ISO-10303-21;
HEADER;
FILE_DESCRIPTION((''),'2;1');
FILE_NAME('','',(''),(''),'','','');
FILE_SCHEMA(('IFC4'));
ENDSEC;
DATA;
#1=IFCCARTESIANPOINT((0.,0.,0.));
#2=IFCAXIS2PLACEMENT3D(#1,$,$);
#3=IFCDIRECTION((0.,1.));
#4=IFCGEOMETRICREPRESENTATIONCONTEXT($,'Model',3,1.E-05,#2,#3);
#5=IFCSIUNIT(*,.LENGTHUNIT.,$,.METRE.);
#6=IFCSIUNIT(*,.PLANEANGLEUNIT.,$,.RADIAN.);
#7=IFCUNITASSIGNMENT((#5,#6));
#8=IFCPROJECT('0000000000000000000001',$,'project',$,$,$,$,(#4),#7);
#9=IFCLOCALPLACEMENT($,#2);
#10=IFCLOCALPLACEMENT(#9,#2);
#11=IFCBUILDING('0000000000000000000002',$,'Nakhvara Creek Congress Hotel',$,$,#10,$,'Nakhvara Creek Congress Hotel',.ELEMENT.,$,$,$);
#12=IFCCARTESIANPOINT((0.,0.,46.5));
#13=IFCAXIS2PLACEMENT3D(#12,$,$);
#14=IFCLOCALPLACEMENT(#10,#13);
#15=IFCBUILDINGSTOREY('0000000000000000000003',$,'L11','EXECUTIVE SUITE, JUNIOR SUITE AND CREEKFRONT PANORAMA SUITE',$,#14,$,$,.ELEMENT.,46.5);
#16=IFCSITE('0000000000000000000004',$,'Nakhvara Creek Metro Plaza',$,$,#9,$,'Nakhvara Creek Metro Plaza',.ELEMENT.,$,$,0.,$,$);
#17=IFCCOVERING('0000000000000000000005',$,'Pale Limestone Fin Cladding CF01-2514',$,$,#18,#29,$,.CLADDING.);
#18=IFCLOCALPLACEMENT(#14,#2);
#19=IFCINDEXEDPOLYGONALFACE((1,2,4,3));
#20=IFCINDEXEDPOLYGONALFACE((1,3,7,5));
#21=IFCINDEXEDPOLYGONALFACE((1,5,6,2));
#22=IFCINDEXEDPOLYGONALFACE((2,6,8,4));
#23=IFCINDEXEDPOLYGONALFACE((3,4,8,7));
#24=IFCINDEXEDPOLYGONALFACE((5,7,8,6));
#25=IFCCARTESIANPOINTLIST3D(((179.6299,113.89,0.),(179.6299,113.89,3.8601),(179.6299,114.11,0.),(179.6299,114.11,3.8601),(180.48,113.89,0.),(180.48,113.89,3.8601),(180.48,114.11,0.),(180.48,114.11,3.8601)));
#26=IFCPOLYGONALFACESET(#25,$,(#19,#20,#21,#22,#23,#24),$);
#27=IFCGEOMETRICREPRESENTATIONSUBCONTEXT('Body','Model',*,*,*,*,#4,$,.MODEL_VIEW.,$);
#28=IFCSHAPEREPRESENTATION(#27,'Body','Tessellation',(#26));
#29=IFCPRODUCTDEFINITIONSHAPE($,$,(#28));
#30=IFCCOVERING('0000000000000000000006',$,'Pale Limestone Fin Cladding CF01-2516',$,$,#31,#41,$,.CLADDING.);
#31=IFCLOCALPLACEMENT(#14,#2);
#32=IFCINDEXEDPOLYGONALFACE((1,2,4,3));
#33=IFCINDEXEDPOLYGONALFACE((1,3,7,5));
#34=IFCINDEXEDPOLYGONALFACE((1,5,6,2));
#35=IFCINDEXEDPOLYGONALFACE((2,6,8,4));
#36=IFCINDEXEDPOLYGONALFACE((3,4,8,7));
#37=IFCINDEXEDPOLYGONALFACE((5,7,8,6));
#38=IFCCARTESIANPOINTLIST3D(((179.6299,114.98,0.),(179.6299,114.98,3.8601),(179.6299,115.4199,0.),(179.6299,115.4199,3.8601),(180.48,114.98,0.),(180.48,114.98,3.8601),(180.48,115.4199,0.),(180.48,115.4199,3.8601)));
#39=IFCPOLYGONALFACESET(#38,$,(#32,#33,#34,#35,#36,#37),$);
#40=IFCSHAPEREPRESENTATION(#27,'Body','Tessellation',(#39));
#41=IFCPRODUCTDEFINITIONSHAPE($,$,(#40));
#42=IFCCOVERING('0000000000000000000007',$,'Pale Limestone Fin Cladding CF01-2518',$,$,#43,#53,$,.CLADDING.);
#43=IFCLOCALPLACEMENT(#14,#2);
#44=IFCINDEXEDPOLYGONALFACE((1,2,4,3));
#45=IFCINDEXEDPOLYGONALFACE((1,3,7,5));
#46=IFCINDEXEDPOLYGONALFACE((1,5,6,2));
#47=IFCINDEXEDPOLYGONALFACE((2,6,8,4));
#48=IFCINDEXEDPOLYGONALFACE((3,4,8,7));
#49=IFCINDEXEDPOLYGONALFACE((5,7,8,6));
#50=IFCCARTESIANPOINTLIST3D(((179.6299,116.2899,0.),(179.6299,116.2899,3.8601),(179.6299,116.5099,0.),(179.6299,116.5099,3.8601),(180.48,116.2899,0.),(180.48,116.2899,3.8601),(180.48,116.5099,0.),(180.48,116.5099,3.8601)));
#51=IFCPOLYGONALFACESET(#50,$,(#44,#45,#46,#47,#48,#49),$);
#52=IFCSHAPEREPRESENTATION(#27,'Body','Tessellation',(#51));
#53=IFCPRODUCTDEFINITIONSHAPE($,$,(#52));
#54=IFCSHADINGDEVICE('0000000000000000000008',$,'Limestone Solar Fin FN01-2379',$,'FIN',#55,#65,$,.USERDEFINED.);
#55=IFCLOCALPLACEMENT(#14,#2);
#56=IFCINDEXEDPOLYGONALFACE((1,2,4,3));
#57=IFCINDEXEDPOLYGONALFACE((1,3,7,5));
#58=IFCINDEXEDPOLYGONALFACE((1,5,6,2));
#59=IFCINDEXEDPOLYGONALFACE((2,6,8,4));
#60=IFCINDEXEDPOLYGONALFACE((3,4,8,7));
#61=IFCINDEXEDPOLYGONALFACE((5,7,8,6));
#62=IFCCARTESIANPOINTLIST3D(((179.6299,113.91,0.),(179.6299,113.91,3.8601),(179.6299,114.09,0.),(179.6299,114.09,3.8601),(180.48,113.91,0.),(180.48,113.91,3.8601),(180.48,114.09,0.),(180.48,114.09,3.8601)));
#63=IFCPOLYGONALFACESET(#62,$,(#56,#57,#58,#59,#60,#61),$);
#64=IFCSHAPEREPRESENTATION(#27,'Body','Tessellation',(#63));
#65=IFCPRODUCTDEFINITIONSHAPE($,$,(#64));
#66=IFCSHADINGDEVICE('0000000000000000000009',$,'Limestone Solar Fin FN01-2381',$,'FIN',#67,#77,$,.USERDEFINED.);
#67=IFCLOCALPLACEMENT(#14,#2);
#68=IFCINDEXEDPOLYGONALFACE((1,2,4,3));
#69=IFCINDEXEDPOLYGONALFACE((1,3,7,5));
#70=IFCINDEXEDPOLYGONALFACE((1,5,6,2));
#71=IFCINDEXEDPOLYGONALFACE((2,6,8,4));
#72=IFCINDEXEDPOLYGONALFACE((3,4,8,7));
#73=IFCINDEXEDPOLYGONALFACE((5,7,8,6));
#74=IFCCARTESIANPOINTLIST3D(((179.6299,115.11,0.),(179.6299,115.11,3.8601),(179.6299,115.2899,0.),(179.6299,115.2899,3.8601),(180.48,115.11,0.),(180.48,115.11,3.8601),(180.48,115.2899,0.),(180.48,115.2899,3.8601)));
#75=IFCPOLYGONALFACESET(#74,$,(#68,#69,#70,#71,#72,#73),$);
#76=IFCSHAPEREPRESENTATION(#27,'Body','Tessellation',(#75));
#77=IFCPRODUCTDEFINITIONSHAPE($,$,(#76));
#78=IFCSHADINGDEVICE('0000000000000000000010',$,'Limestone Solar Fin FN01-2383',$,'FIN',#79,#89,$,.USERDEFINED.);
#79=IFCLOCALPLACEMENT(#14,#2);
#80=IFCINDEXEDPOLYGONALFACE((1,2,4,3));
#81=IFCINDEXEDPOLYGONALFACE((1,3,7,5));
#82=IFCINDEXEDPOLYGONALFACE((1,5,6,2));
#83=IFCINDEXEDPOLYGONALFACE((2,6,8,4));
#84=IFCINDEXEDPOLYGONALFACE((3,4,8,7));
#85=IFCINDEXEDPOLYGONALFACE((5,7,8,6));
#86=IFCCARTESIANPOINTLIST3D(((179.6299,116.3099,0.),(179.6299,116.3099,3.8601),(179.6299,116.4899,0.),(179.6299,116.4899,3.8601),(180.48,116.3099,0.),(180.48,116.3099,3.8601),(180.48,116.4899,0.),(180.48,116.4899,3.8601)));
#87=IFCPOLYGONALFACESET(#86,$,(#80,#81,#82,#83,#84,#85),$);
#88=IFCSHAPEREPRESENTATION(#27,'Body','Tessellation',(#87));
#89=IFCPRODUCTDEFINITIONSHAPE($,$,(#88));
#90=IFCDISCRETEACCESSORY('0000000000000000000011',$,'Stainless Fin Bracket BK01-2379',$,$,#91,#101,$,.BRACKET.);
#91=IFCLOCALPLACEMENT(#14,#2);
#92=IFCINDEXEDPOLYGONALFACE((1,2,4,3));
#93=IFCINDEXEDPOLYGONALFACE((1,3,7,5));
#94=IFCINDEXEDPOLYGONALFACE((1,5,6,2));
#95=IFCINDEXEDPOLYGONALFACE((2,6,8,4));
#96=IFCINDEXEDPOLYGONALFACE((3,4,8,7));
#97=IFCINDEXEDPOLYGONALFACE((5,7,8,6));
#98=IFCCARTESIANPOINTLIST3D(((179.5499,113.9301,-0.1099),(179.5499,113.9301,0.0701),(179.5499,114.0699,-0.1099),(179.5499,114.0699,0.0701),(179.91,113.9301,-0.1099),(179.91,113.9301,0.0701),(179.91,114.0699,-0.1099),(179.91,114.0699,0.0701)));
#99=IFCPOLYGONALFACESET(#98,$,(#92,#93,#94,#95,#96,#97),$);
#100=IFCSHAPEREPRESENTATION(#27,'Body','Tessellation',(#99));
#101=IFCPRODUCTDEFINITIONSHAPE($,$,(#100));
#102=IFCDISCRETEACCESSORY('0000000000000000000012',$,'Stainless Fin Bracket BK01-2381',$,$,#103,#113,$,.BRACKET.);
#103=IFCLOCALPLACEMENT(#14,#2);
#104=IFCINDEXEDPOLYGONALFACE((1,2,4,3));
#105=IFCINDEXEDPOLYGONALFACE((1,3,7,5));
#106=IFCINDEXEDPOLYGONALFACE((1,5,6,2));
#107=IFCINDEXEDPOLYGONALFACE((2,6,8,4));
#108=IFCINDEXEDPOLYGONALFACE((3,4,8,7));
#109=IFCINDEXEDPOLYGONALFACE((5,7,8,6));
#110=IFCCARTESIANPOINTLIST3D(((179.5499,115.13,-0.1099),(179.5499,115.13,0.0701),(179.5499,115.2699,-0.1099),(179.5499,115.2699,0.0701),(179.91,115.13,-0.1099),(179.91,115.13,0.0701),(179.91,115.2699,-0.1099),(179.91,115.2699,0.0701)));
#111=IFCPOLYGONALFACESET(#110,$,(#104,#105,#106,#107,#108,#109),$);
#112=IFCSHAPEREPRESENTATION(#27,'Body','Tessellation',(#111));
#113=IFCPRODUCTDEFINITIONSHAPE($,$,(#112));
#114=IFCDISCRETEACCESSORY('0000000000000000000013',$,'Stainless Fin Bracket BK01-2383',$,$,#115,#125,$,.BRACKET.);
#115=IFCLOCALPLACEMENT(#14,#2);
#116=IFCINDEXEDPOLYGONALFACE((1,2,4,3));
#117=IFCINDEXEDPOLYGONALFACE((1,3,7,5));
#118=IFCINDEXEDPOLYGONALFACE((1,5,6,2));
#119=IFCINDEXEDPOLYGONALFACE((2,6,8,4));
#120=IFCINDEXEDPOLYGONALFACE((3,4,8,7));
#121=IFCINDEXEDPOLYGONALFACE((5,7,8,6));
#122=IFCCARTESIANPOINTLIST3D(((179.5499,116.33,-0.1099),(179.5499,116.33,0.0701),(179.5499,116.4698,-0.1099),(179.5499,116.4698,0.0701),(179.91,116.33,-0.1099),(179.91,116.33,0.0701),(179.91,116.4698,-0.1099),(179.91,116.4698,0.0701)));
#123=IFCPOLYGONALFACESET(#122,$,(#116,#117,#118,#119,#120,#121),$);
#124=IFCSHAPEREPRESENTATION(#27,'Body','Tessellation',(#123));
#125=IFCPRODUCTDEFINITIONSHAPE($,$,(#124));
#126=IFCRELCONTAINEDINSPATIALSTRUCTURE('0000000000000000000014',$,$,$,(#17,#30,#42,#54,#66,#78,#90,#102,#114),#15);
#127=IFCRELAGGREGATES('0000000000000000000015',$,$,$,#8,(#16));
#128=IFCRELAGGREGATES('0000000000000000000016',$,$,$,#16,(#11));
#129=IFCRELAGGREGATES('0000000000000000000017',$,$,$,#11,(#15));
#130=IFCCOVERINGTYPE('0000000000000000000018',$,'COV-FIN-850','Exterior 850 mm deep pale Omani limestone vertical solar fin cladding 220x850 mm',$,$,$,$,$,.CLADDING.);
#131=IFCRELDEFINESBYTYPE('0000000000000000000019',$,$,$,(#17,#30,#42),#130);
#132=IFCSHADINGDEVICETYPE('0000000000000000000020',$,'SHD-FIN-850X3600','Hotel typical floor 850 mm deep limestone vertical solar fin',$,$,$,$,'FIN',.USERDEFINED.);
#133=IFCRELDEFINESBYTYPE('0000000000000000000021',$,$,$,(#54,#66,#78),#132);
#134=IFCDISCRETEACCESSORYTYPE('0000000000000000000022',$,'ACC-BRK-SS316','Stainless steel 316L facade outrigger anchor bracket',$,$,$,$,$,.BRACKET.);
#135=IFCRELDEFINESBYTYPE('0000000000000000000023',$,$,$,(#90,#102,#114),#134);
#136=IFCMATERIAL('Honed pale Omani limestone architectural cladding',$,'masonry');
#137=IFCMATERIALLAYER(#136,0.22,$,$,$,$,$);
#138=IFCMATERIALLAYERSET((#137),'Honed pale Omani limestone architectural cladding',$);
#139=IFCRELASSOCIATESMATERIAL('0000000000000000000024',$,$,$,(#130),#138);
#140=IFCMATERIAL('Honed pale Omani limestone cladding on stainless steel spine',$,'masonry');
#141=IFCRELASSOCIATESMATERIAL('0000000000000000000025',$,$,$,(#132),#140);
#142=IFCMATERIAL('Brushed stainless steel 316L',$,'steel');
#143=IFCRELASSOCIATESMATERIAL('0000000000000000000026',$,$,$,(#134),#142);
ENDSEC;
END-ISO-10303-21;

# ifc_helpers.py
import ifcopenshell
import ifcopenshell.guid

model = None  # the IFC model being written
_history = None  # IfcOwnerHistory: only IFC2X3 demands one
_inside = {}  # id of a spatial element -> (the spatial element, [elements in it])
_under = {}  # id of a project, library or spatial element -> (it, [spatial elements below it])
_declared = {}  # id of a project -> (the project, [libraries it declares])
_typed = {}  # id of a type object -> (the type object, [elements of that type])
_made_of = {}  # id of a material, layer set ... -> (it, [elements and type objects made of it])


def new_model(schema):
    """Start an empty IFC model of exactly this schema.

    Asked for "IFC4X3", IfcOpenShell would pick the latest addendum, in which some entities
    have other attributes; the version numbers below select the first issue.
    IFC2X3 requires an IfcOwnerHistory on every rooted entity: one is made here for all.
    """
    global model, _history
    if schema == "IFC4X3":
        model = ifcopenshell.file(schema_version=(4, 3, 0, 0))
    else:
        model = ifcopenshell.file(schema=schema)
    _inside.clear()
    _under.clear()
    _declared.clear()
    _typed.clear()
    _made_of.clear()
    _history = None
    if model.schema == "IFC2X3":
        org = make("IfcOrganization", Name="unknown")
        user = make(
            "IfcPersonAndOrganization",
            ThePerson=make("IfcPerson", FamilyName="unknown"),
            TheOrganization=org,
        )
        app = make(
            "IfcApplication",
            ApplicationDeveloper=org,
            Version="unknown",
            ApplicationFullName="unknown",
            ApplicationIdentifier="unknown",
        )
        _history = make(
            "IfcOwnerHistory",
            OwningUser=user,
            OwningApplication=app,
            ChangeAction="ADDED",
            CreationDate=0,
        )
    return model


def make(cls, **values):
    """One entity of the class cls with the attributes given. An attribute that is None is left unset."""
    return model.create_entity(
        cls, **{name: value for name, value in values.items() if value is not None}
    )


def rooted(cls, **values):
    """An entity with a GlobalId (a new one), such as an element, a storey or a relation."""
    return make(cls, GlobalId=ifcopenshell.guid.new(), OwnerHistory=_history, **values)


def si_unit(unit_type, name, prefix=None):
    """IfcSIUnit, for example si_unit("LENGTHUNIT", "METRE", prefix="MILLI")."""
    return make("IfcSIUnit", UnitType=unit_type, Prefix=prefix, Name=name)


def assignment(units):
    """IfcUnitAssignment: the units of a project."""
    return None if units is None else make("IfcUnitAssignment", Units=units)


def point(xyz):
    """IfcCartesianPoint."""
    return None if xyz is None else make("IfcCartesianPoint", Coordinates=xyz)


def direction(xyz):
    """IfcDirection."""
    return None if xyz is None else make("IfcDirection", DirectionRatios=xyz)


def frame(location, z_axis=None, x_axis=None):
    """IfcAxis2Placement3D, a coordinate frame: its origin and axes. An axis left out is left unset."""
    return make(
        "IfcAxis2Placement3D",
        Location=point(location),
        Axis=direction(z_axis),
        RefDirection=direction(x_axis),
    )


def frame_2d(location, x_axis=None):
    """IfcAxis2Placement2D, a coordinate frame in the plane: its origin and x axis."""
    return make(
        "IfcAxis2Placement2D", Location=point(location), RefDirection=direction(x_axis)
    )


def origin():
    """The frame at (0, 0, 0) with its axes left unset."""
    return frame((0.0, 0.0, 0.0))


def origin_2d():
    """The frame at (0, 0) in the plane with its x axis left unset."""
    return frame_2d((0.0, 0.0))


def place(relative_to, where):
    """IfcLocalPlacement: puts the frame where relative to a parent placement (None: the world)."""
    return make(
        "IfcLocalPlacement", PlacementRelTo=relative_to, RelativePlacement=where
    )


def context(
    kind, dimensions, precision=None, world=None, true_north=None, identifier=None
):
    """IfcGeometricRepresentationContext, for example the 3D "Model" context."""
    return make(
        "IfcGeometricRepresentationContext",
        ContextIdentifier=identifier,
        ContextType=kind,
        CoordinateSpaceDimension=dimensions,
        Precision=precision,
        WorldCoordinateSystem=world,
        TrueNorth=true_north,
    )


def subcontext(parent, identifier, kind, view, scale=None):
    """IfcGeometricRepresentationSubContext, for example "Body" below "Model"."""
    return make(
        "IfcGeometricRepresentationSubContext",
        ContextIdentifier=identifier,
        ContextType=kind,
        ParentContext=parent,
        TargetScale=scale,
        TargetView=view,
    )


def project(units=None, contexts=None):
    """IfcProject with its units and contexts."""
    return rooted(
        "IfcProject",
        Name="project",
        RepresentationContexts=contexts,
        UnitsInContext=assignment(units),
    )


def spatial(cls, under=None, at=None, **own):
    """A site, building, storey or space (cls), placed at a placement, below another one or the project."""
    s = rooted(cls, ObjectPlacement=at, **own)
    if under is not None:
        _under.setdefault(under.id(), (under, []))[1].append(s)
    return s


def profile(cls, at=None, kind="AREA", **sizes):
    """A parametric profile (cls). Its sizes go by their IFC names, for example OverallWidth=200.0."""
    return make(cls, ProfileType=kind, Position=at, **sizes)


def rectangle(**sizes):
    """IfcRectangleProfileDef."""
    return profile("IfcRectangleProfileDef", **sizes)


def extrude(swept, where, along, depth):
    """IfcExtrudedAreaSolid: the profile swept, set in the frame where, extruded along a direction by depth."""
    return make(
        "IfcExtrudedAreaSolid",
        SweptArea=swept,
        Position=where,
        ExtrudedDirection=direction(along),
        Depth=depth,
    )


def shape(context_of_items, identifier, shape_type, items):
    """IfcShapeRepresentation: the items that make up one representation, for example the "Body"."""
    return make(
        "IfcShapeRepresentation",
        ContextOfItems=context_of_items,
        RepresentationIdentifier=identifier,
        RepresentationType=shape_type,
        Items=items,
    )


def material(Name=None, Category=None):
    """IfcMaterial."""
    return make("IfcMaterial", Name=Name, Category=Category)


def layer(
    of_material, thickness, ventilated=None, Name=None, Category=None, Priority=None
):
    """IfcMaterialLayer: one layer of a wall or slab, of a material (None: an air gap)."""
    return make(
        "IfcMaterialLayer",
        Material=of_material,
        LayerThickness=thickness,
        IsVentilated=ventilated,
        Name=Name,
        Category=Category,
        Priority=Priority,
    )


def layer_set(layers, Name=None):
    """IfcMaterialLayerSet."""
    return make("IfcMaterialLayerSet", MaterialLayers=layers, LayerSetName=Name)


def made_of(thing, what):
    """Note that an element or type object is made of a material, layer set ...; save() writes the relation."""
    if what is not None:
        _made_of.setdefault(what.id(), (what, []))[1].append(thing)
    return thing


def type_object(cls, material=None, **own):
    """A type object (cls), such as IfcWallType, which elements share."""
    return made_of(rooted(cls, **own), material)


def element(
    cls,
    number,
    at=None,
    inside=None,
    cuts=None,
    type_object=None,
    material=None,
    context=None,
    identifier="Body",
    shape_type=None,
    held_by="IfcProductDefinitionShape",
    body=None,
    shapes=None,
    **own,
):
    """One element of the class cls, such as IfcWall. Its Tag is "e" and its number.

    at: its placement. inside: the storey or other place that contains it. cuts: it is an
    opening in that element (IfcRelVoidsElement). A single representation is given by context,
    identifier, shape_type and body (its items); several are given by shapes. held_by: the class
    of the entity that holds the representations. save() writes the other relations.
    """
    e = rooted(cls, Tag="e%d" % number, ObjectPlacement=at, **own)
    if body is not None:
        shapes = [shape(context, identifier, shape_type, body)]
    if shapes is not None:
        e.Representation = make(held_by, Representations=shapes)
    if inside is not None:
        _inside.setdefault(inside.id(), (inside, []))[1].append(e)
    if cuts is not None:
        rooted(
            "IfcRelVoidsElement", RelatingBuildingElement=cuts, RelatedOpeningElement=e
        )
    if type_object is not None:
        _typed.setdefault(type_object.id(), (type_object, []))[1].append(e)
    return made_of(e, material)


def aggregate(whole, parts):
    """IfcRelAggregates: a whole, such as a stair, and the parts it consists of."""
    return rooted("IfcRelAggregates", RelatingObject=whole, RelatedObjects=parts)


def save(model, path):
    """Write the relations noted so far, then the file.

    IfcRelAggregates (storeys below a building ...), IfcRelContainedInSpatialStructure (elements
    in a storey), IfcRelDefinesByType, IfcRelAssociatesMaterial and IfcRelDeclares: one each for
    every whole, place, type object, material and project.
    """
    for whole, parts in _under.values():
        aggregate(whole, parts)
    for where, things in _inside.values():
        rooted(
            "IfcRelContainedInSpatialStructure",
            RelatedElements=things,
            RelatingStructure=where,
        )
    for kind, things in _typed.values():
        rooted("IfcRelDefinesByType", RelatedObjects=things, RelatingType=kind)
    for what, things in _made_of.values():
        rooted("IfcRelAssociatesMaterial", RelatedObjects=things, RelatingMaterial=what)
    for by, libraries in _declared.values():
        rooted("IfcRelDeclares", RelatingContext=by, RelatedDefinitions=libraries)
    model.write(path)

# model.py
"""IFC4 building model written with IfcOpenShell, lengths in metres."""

from ifc_helpers import new_model, si_unit, direction, frame, origin, origin_2d, place, context, subcontext, project, spatial, rectangle, extrude, material, layer, layer_set, type_object, element, save


model = new_model("IFC4")

# Units and contexts
model_context = context("Model", 3, precision=1e-05, world=origin(), true_north=direction((0.0, 1.0)))
body_context = subcontext(model_context, "Body", "Model", "MODEL_VIEW")
ifc_project = project(units=[si_unit("LENGTHUNIT", "METRE"), si_unit("PLANEANGLEUNIT", "RADIAN")], contexts=[model_context])

# Site, building, storey
site_placement = place(None, origin())
site = spatial("IfcSite", under=ifc_project, at=site_placement, Name="Nakhvara Creek Metro Plaza", LongName="Nakhvara Creek Metro Plaza", CompositionType="ELEMENT", RefElevation=0.0)
building_placement = place(site_placement, origin())
building = spatial("IfcBuilding", under=site, at=building_placement, Name="Nakhvara Creek Congress Hotel", LongName="Nakhvara Creek Congress Hotel", CompositionType="ELEMENT")
storey_placement = place(building_placement, frame((0.0, 0.0, 46.5)))
storey = spatial("IfcBuildingStorey", under=building, at=storey_placement, Name="L11", Description="EXECUTIVE SUITE, JUNIOR SUITE AND CREEKFRONT PANORAMA SUITE", CompositionType="ELEMENT", Elevation=46.5)

# Coverings
ifc_material_1 = material(Name="Honed pale Omani limestone architectural cladding", Category="masonry")
ifc_layer_1 = layer(ifc_material_1, 0.22)
ifc_layer_set_1 = layer_set([ifc_layer_1], Name="Honed pale Omani limestone architectural cladding")
covering_type = type_object("IfcCoveringType", Name="COV-FIN-850", Description="Exterior 850 mm deep pale Omani limestone vertical solar fin cladding 220x850 mm", PredefinedType="CLADDING", material=ifc_layer_set_1)
for number, where, z_axis, x_axis, name in (
    (1, (180.0549, 114.0, 0.0), (0.0, 0.0, 1.0), (0.0, 1.0, 0.0), "Pale Limestone Fin Cladding CF01-2514"),
):
    element("IfcCovering", number, at=place(storey_placement, frame(where, z_axis=z_axis, x_axis=x_axis)), inside=storey, type_object=covering_type, Name=name, PredefinedType="CLADDING", context=body_context, shape_type="SweptSolid", body=[
        extrude(rectangle(XDim=0.22, YDim=0.8501, at=origin_2d()), origin(), (0.0, 0.0, 1.0), 3.8601),
    ])
covering_1_placement = place(storey_placement, frame((180.0549, 115.2, 0.0), z_axis=(0.0, 0.0, 1.0), x_axis=(0.0, 1.0, 0.0)))
element("IfcCovering", 2, at=covering_1_placement, inside=storey, type_object=covering_type, Name="Pale Limestone Fin Cladding CF01-2516", PredefinedType="CLADDING", context=body_context, shape_type="SweptSolid", body=[
    extrude(rectangle(XDim=0.4399, YDim=0.8501, at=origin_2d()), origin(), (0.0, 0.0, 1.0), 3.8601),
])
covering_2_placement = place(storey_placement, frame((180.0549, 116.3999, 0.0), z_axis=(0.0, 0.0, 1.0), x_axis=(0.0, 1.0, 0.0)))
element("IfcCovering", 3, at=covering_2_placement, inside=storey, type_object=covering_type, Name="Pale Limestone Fin Cladding CF01-2518", PredefinedType="CLADDING", context=body_context, shape_type="SweptSolid", body=[
    extrude(rectangle(XDim=0.22, YDim=0.8501, at=origin_2d()), origin(), (0.0, 0.0, 1.0), 3.8601),
])

# Shading devices
ifc_material_2 = material(Name="Honed pale Omani limestone cladding on stainless steel spine", Category="masonry")
shading_device_type = type_object("IfcShadingDeviceType", Name="SHD-FIN-850X3600", Description="Hotel typical floor 850 mm deep limestone vertical solar fin", ElementType="FIN", PredefinedType="USERDEFINED", material=ifc_material_2)
for number, where, z_axis, x_axis, name in (
    (4, (180.0549, 114.0, 0.0), (0.0, 0.0, 1.0), (0.0, 1.0, 0.0), "Limestone Solar Fin FN01-2379"),
    (5, (180.0549, 115.2, 0.0), (0.0, 0.0, 1.0), (0.0, 1.0, 0.0), "Limestone Solar Fin FN01-2381"),
    (6, (180.0549, 116.3999, 0.0), (0.0, 0.0, 1.0), (0.0, 1.0, 0.0), "Limestone Solar Fin FN01-2383"),
):
    element("IfcShadingDevice", number, at=place(storey_placement, frame(where, z_axis=z_axis, x_axis=x_axis)), inside=storey, type_object=shading_device_type, Name=name, ObjectType="FIN", PredefinedType="USERDEFINED", context=body_context, shape_type="SweptSolid", body=[
        extrude(rectangle(XDim=0.1799, YDim=0.8501, at=origin_2d()), origin(), (0.0, 0.0, 1.0), 3.8601),
    ])

# Discrete accessories
ifc_material_3 = material(Name="Brushed stainless steel 316L", Category="steel")
discrete_accessory_type = type_object("IfcDiscreteAccessoryType", Name="ACC-BRK-SS316", Description="Stainless steel 316L facade outrigger anchor bracket", PredefinedType="BRACKET", material=ifc_material_3)
for number, where, z_axis, x_axis, name in (
    (7, (179.73, 114.0, -0.1099), (0.0, 0.0, 1.0), (0.0, 1.0, 0.0), "Stainless Fin Bracket BK01-2379"),
    (8, (179.73, 115.2, -0.1099), (0.0, 0.0, 1.0), (0.0, 1.0, 0.0), "Stainless Fin Bracket BK01-2381"),
    (9, (179.73, 116.3999, -0.1099), (0.0, 0.0, 1.0), (0.0, 1.0, 0.0), "Stainless Fin Bracket BK01-2383"),
):
    element("IfcDiscreteAccessory", number, at=place(storey_placement, frame(where, z_axis=z_axis, x_axis=x_axis)), inside=storey, type_object=discrete_accessory_type, Name=name, PredefinedType="BRACKET", context=body_context, shape_type="SweptSolid", body=[
        extrude(rectangle(XDim=0.1399, YDim=0.3601, at=origin_2d()), origin(), (0.0, 0.0, 1.0), 0.1799),
    ])

save(model, "model.ifc")
